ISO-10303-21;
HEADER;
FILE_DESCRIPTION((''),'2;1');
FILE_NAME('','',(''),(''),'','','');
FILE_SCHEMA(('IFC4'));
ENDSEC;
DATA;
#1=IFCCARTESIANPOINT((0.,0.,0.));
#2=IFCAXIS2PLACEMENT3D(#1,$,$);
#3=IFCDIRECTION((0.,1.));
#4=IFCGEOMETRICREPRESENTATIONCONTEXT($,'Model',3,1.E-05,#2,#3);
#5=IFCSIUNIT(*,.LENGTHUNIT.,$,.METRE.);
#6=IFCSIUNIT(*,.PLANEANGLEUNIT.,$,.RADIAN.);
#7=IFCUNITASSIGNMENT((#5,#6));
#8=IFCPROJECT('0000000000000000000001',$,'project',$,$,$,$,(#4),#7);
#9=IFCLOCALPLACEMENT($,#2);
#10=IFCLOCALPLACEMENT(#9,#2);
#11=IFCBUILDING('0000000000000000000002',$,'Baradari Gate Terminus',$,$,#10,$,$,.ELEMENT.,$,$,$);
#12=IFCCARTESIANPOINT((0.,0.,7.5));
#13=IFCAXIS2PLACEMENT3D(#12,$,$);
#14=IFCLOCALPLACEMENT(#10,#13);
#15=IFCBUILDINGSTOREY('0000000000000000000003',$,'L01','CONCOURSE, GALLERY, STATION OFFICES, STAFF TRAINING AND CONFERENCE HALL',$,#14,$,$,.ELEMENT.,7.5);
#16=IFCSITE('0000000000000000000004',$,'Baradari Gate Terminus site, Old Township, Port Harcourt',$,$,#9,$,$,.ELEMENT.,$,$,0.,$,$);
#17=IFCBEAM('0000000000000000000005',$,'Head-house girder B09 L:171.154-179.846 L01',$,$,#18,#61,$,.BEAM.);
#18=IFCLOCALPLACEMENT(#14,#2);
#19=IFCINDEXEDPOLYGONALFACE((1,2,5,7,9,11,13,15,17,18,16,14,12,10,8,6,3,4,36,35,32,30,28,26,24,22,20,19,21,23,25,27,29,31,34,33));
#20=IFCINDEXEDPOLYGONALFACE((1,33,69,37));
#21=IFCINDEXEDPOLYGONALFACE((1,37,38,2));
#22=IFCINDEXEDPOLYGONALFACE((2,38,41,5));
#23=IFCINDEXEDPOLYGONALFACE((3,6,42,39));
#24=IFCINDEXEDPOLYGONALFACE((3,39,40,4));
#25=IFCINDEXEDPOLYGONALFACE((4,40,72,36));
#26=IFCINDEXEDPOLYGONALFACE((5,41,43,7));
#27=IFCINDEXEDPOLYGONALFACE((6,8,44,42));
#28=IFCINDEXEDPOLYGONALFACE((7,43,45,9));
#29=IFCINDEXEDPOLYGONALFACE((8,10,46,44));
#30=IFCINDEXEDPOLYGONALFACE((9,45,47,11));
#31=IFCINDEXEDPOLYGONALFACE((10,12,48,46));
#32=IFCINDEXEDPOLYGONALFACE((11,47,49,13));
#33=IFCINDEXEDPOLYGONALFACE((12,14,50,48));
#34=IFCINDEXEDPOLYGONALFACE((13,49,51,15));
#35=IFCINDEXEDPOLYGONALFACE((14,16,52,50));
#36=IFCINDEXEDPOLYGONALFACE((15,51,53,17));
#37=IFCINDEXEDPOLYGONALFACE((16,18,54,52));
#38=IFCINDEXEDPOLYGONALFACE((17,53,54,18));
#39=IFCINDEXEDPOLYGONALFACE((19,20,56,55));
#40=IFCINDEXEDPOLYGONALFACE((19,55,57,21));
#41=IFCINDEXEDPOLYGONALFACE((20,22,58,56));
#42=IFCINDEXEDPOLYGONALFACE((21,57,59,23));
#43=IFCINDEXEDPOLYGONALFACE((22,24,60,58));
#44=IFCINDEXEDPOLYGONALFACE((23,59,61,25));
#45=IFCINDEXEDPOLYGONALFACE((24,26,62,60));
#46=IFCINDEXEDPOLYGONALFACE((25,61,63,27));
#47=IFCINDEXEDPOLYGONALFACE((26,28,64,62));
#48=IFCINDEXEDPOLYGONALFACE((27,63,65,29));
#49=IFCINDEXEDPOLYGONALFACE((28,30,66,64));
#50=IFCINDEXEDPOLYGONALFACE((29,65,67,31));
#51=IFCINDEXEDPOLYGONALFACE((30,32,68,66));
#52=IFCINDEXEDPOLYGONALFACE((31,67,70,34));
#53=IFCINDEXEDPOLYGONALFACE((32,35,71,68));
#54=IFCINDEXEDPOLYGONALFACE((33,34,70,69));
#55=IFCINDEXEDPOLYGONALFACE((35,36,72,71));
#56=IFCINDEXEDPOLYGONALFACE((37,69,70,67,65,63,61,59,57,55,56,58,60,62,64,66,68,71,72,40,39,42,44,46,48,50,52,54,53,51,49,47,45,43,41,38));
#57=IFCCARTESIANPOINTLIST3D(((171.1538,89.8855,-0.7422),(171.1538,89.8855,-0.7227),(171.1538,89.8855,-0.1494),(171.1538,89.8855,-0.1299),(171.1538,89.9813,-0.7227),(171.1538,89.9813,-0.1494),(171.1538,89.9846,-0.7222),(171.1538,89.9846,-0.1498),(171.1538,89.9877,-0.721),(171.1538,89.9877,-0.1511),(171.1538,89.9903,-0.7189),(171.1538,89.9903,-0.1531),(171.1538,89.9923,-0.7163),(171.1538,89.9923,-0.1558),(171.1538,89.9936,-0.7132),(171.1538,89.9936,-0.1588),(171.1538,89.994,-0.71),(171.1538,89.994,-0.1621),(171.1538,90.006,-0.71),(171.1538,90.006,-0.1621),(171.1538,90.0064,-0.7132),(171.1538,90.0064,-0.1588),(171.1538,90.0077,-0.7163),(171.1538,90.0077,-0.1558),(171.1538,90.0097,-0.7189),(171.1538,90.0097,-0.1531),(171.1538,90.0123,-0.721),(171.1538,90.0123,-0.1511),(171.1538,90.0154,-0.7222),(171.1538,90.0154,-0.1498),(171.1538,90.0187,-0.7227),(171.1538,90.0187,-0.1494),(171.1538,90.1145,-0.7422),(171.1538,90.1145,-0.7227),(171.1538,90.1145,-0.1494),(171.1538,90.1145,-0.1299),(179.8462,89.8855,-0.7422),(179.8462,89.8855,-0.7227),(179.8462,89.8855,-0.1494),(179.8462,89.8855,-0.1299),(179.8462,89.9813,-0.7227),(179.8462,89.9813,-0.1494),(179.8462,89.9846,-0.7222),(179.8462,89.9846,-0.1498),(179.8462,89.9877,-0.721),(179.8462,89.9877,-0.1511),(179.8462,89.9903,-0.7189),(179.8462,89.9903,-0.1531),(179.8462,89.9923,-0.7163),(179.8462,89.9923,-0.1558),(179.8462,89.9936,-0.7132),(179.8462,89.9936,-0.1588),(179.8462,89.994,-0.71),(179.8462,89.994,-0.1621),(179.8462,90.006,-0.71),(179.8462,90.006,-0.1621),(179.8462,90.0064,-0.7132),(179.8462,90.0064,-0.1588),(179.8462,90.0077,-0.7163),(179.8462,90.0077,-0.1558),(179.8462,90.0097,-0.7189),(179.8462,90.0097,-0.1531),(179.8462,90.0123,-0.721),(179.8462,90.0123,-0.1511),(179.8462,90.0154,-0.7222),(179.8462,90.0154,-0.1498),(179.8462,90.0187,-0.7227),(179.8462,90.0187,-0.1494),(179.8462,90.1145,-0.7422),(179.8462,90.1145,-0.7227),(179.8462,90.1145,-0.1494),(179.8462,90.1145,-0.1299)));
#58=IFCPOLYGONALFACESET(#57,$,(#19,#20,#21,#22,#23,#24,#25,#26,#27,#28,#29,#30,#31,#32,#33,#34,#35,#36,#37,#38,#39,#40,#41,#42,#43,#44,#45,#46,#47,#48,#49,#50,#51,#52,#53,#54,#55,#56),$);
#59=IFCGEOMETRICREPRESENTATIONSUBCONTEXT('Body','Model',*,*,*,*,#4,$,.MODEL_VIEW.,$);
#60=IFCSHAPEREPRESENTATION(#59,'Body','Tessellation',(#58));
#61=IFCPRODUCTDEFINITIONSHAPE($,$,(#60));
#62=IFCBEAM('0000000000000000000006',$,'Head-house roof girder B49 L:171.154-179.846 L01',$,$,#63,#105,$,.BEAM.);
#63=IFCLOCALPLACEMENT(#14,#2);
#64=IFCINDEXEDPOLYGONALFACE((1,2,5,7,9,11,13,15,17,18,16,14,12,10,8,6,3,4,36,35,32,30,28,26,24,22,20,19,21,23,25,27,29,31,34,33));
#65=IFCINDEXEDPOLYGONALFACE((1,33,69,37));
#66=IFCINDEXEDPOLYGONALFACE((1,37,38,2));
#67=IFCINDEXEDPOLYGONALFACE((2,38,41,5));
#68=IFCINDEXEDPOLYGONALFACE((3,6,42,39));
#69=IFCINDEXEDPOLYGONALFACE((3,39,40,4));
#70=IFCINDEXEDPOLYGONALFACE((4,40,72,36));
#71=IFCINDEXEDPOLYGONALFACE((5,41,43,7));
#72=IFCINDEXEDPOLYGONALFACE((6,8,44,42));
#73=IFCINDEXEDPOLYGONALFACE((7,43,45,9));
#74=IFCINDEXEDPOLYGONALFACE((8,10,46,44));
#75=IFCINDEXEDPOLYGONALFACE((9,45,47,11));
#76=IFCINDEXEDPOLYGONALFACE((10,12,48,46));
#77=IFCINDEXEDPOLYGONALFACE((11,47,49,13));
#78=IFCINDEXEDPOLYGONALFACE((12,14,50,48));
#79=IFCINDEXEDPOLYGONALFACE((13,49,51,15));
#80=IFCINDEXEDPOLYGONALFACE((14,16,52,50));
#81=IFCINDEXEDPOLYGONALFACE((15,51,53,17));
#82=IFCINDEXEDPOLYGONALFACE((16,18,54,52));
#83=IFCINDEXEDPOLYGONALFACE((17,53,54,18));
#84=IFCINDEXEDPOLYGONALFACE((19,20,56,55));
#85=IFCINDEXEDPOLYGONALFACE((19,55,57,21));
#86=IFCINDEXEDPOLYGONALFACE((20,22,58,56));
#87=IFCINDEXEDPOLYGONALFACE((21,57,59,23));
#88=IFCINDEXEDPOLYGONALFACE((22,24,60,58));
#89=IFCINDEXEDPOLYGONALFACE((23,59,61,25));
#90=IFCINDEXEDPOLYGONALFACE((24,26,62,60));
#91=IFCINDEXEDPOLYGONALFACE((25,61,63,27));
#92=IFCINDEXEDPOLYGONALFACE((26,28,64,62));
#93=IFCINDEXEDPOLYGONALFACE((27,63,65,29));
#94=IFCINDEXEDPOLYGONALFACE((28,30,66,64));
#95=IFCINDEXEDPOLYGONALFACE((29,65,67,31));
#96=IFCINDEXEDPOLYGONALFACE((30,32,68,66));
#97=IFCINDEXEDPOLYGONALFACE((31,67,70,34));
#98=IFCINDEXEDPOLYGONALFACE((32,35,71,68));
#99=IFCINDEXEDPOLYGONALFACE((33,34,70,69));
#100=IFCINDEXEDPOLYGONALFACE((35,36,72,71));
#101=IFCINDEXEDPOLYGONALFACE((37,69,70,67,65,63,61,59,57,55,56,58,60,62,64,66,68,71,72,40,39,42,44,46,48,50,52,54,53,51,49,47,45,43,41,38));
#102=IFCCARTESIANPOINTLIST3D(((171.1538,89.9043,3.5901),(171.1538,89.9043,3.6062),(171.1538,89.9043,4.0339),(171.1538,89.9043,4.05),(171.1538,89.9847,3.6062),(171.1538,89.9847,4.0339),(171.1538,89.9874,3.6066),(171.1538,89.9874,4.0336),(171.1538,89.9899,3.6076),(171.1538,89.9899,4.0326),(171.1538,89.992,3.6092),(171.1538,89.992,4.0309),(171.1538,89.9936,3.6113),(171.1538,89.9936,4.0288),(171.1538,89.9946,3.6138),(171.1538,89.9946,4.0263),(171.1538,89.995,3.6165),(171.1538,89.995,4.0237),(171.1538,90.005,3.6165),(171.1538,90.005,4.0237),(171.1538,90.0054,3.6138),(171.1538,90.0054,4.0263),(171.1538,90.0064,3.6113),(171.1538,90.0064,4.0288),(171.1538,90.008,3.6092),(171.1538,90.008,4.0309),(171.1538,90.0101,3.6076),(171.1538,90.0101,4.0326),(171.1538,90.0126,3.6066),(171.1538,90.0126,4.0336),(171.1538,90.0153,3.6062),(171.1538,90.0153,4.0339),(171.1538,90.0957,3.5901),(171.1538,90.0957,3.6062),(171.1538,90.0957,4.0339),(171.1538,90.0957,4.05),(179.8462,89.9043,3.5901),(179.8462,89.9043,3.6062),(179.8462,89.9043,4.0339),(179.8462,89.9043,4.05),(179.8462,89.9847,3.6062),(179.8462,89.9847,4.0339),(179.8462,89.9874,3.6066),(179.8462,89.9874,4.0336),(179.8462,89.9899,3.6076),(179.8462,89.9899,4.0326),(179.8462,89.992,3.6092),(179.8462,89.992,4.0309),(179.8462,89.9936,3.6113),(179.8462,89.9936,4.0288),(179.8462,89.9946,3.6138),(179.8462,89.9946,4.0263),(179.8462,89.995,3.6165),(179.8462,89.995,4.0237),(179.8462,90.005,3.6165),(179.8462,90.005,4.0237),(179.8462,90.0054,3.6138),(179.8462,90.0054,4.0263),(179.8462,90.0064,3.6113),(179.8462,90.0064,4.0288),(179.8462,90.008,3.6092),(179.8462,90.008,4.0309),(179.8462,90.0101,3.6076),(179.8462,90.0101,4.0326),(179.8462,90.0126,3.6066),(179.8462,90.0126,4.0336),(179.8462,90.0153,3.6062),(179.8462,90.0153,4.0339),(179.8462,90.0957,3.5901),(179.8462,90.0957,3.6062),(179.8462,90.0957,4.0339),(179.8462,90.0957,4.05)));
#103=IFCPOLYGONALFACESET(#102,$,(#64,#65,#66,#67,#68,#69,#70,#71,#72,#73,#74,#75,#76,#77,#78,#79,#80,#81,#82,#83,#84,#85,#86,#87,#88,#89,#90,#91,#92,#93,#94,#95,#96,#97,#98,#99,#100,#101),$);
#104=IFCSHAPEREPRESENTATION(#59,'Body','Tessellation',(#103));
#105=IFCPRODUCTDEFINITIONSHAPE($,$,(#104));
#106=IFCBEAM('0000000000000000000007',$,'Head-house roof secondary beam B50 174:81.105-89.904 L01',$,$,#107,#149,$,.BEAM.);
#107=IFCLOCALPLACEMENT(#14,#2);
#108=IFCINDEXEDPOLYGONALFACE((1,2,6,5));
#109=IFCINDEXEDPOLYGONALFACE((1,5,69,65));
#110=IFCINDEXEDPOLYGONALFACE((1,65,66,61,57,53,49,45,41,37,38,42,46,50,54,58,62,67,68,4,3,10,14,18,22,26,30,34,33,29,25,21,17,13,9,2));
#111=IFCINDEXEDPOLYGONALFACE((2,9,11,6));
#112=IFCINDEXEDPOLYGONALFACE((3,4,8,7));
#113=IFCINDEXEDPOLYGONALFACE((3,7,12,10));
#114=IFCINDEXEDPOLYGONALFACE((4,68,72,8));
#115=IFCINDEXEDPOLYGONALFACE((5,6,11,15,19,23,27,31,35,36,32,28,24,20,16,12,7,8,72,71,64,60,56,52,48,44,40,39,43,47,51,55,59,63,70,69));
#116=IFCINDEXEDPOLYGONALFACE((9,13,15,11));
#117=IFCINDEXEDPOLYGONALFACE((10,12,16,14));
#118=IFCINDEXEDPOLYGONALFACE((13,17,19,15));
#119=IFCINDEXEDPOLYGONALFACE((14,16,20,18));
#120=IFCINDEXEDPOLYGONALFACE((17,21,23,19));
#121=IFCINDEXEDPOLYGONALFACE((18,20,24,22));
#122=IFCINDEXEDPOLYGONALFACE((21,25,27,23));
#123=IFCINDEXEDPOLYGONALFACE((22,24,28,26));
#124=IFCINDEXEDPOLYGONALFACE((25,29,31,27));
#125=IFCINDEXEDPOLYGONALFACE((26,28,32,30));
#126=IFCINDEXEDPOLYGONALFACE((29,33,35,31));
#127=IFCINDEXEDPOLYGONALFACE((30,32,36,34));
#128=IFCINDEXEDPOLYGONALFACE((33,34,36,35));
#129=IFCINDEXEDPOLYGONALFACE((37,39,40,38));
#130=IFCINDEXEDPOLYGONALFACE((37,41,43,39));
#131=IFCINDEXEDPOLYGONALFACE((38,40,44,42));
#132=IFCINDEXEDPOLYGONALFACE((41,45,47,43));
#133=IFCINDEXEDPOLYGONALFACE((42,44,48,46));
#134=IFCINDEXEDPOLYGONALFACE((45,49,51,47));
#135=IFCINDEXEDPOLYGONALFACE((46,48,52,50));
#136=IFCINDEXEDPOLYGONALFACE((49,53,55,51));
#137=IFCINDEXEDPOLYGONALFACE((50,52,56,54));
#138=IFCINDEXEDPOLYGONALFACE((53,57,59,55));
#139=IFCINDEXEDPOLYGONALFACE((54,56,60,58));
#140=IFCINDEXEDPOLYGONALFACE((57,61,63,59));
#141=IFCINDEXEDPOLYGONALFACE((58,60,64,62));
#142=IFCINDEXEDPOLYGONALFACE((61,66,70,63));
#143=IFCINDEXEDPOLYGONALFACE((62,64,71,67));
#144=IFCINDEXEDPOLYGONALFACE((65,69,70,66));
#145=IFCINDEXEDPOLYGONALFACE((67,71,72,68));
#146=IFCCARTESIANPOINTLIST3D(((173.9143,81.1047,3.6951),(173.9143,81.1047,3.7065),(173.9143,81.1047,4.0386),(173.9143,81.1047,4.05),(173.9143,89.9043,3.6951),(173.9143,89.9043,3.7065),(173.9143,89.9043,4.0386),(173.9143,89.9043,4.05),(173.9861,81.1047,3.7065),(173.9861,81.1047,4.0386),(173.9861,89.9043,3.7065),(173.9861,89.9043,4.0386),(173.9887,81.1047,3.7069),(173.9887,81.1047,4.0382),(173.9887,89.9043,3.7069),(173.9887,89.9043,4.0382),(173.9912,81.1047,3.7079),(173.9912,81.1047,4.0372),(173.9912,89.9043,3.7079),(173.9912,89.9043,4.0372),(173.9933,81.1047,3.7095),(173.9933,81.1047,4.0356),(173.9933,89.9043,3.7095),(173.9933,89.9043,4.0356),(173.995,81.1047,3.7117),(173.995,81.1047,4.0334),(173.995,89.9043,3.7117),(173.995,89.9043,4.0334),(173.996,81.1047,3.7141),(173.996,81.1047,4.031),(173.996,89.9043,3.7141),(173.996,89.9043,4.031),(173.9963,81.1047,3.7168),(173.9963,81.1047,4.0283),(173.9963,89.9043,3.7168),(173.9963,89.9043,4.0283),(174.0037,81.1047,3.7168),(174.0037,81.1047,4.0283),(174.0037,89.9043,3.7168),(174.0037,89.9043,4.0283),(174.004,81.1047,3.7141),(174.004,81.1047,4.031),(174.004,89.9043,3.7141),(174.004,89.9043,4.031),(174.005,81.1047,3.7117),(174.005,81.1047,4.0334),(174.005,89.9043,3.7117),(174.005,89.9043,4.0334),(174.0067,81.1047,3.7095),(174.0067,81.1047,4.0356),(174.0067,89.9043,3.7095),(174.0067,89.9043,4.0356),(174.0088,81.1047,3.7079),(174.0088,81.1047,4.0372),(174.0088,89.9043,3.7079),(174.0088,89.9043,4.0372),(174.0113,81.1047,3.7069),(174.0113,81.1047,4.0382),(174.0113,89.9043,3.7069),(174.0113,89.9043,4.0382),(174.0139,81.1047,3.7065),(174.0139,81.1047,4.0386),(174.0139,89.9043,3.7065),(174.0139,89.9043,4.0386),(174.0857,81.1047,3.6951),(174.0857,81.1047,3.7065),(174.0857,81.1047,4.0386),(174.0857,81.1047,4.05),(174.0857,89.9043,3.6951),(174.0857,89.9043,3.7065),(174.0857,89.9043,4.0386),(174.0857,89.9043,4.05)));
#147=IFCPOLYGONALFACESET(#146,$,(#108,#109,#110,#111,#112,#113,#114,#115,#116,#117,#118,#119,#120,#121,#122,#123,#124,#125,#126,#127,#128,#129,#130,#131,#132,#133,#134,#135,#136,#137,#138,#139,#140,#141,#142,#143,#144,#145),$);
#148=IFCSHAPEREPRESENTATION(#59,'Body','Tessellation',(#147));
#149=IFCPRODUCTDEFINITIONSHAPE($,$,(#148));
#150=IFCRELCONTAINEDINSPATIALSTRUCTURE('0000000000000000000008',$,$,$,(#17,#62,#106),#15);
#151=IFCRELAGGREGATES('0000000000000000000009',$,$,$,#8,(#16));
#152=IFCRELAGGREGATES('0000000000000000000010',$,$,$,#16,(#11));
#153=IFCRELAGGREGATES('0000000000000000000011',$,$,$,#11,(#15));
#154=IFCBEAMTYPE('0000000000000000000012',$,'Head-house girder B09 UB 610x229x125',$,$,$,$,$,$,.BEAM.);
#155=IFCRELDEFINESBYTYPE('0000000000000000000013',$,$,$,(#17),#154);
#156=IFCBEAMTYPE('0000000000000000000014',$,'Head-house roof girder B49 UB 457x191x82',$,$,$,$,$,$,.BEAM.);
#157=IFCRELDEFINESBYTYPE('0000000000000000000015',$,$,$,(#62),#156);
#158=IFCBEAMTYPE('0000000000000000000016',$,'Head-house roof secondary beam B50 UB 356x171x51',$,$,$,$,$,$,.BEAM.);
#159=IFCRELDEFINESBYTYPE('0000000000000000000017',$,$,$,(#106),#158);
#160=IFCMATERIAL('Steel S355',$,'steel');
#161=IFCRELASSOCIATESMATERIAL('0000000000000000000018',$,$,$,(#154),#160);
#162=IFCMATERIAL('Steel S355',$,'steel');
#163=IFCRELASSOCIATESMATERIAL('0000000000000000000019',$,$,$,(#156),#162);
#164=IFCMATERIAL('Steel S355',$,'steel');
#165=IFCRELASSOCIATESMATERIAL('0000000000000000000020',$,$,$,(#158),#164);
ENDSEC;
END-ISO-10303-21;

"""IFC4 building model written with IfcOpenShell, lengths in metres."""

from ifc_helpers import new_model, si_unit, direction, frame, origin, origin_2d, place, context, subcontext, project, spatial, i_section, extrude, material, material_profile, profile_set, type_object, element, save


model = new_model("IFC4")

# Units and contexts
model_context = context("Model", 3, precision=1e-05, world=origin(), true_north=direction((0.0, 1.0)))
body_context = subcontext(model_context, "Body", "Model", "MODEL_VIEW")
ifc_project = project(units=[si_unit("LENGTHUNIT", "METRE"), si_unit("PLANEANGLEUNIT", "RADIAN")], contexts=[model_context])

# Site, building, storey
site_placement = place(None, origin())
site = spatial("IfcSite", under=ifc_project, at=site_placement, Name="Baradari Gate Terminus site, Old Township, Port Harcourt", CompositionType="ELEMENT", RefElevation=0.0)
building_placement = place(site_placement, origin())
building = spatial("IfcBuilding", under=site, at=building_placement, Name="Baradari Gate Terminus", CompositionType="ELEMENT")
storey_placement = place(building_placement, frame((0.0, 0.0, 7.5)))
storey = spatial("IfcBuildingStorey", under=building, at=storey_placement, Name="L01", Description="CONCOURSE, GALLERY, STATION OFFICES, STAFF TRAINING AND CONFERENCE HALL", CompositionType="ELEMENT", Elevation=7.5)

# Beams
ifc_material_1 = material(Name="Steel S355", Category="steel")
ifc_material_profile_1 = material_profile(ifc_material_1, i_section(OverallWidth=0.229, OverallDepth=0.6123, WebThickness=0.012, FlangeThickness=0.0195, FilletRadius=0.0127, at=origin_2d()), Name="UB 610x229x125")
ifc_profile_set_1 = profile_set([ifc_material_profile_1], Name="Steel S355")
beam_type_1 = type_object("IfcBeamType", Name="Head-house girder B09 UB 610x229x125", PredefinedType="BEAM", material=ifc_profile_set_1)
beam_1_placement = place(storey_placement, frame((171.1538, 90.0, -0.436), z_axis=(1.0, 0.0, 0.0), x_axis=(0.0, 1.0, 0.0)))
element("IfcBeam", 1, at=beam_1_placement, inside=storey, type_object=beam_type_1, Name="Head-house girder B09 L:171.154-179.846 L01", PredefinedType="BEAM", context=body_context, shape_type="SweptSolid", body=[
    extrude(i_section(OverallWidth=0.229, OverallDepth=0.6123, WebThickness=0.012, FlangeThickness=0.0195, FilletRadius=0.0127, at=origin_2d()), origin(), (0.0, 0.0, 1.0), 8.6924),
])
ifc_material_2 = material(Name="Steel S355", Category="steel")
ifc_material_profile_2 = material_profile(ifc_material_2, i_section(OverallWidth=0.1914, OverallDepth=0.46, WebThickness=0.01, FlangeThickness=0.0161, FilletRadius=0.0103, at=origin_2d()), Name="UB 457x191x82")
ifc_profile_set_2 = profile_set([ifc_material_profile_2], Name="Steel S355")
beam_type_2 = type_object("IfcBeamType", Name="Head-house roof girder B49 UB 457x191x82", PredefinedType="BEAM", material=ifc_profile_set_2)
beam_2_placement = place(storey_placement, frame((171.1538, 90.0, 3.8201), z_axis=(1.0, 0.0, 0.0), x_axis=(0.0, 1.0, 0.0)))
element("IfcBeam", 2, at=beam_2_placement, inside=storey, type_object=beam_type_2, Name="Head-house roof girder B49 L:171.154-179.846 L01", PredefinedType="BEAM", context=body_context, shape_type="SweptSolid", body=[
    extrude(i_section(OverallWidth=0.1914, OverallDepth=0.46, WebThickness=0.01, FlangeThickness=0.0161, FilletRadius=0.0103, at=origin_2d()), origin(), (0.0, 0.0, 1.0), 8.6924),
])
ifc_material_3 = material(Name="Steel S355", Category="steel")
ifc_material_profile_3 = material_profile(ifc_material_3, i_section(OverallWidth=0.1714, OverallDepth=0.355, WebThickness=0.0073, FlangeThickness=0.0115, FilletRadius=0.0103, at=origin_2d()), Name="UB 356x171x51")
ifc_profile_set_3 = profile_set([ifc_material_profile_3], Name="Steel S355")
beam_type_3 = type_object("IfcBeamType", Name="Head-house roof secondary beam B50 UB 356x171x51", PredefinedType="BEAM", material=ifc_profile_set_3)
beam_3_placement = place(storey_placement, frame((174.0, 81.1047, 3.8726), z_axis=(0.0, 1.0, 0.0), x_axis=(-1.0, 0.0, 0.0)))
element("IfcBeam", 3, at=beam_3_placement, inside=storey, type_object=beam_type_3, Name="Head-house roof secondary beam B50 174:81.105-89.904 L01", PredefinedType="BEAM", context=body_context, shape_type="SweptSolid", body=[
    extrude(i_section(OverallWidth=0.1714, OverallDepth=0.355, WebThickness=0.0073, FlangeThickness=0.0115, FilletRadius=0.0103, at=origin_2d()), origin(), (0.0, 0.0, 1.0), 8.7996),
])

save(model, "model.ifc")
